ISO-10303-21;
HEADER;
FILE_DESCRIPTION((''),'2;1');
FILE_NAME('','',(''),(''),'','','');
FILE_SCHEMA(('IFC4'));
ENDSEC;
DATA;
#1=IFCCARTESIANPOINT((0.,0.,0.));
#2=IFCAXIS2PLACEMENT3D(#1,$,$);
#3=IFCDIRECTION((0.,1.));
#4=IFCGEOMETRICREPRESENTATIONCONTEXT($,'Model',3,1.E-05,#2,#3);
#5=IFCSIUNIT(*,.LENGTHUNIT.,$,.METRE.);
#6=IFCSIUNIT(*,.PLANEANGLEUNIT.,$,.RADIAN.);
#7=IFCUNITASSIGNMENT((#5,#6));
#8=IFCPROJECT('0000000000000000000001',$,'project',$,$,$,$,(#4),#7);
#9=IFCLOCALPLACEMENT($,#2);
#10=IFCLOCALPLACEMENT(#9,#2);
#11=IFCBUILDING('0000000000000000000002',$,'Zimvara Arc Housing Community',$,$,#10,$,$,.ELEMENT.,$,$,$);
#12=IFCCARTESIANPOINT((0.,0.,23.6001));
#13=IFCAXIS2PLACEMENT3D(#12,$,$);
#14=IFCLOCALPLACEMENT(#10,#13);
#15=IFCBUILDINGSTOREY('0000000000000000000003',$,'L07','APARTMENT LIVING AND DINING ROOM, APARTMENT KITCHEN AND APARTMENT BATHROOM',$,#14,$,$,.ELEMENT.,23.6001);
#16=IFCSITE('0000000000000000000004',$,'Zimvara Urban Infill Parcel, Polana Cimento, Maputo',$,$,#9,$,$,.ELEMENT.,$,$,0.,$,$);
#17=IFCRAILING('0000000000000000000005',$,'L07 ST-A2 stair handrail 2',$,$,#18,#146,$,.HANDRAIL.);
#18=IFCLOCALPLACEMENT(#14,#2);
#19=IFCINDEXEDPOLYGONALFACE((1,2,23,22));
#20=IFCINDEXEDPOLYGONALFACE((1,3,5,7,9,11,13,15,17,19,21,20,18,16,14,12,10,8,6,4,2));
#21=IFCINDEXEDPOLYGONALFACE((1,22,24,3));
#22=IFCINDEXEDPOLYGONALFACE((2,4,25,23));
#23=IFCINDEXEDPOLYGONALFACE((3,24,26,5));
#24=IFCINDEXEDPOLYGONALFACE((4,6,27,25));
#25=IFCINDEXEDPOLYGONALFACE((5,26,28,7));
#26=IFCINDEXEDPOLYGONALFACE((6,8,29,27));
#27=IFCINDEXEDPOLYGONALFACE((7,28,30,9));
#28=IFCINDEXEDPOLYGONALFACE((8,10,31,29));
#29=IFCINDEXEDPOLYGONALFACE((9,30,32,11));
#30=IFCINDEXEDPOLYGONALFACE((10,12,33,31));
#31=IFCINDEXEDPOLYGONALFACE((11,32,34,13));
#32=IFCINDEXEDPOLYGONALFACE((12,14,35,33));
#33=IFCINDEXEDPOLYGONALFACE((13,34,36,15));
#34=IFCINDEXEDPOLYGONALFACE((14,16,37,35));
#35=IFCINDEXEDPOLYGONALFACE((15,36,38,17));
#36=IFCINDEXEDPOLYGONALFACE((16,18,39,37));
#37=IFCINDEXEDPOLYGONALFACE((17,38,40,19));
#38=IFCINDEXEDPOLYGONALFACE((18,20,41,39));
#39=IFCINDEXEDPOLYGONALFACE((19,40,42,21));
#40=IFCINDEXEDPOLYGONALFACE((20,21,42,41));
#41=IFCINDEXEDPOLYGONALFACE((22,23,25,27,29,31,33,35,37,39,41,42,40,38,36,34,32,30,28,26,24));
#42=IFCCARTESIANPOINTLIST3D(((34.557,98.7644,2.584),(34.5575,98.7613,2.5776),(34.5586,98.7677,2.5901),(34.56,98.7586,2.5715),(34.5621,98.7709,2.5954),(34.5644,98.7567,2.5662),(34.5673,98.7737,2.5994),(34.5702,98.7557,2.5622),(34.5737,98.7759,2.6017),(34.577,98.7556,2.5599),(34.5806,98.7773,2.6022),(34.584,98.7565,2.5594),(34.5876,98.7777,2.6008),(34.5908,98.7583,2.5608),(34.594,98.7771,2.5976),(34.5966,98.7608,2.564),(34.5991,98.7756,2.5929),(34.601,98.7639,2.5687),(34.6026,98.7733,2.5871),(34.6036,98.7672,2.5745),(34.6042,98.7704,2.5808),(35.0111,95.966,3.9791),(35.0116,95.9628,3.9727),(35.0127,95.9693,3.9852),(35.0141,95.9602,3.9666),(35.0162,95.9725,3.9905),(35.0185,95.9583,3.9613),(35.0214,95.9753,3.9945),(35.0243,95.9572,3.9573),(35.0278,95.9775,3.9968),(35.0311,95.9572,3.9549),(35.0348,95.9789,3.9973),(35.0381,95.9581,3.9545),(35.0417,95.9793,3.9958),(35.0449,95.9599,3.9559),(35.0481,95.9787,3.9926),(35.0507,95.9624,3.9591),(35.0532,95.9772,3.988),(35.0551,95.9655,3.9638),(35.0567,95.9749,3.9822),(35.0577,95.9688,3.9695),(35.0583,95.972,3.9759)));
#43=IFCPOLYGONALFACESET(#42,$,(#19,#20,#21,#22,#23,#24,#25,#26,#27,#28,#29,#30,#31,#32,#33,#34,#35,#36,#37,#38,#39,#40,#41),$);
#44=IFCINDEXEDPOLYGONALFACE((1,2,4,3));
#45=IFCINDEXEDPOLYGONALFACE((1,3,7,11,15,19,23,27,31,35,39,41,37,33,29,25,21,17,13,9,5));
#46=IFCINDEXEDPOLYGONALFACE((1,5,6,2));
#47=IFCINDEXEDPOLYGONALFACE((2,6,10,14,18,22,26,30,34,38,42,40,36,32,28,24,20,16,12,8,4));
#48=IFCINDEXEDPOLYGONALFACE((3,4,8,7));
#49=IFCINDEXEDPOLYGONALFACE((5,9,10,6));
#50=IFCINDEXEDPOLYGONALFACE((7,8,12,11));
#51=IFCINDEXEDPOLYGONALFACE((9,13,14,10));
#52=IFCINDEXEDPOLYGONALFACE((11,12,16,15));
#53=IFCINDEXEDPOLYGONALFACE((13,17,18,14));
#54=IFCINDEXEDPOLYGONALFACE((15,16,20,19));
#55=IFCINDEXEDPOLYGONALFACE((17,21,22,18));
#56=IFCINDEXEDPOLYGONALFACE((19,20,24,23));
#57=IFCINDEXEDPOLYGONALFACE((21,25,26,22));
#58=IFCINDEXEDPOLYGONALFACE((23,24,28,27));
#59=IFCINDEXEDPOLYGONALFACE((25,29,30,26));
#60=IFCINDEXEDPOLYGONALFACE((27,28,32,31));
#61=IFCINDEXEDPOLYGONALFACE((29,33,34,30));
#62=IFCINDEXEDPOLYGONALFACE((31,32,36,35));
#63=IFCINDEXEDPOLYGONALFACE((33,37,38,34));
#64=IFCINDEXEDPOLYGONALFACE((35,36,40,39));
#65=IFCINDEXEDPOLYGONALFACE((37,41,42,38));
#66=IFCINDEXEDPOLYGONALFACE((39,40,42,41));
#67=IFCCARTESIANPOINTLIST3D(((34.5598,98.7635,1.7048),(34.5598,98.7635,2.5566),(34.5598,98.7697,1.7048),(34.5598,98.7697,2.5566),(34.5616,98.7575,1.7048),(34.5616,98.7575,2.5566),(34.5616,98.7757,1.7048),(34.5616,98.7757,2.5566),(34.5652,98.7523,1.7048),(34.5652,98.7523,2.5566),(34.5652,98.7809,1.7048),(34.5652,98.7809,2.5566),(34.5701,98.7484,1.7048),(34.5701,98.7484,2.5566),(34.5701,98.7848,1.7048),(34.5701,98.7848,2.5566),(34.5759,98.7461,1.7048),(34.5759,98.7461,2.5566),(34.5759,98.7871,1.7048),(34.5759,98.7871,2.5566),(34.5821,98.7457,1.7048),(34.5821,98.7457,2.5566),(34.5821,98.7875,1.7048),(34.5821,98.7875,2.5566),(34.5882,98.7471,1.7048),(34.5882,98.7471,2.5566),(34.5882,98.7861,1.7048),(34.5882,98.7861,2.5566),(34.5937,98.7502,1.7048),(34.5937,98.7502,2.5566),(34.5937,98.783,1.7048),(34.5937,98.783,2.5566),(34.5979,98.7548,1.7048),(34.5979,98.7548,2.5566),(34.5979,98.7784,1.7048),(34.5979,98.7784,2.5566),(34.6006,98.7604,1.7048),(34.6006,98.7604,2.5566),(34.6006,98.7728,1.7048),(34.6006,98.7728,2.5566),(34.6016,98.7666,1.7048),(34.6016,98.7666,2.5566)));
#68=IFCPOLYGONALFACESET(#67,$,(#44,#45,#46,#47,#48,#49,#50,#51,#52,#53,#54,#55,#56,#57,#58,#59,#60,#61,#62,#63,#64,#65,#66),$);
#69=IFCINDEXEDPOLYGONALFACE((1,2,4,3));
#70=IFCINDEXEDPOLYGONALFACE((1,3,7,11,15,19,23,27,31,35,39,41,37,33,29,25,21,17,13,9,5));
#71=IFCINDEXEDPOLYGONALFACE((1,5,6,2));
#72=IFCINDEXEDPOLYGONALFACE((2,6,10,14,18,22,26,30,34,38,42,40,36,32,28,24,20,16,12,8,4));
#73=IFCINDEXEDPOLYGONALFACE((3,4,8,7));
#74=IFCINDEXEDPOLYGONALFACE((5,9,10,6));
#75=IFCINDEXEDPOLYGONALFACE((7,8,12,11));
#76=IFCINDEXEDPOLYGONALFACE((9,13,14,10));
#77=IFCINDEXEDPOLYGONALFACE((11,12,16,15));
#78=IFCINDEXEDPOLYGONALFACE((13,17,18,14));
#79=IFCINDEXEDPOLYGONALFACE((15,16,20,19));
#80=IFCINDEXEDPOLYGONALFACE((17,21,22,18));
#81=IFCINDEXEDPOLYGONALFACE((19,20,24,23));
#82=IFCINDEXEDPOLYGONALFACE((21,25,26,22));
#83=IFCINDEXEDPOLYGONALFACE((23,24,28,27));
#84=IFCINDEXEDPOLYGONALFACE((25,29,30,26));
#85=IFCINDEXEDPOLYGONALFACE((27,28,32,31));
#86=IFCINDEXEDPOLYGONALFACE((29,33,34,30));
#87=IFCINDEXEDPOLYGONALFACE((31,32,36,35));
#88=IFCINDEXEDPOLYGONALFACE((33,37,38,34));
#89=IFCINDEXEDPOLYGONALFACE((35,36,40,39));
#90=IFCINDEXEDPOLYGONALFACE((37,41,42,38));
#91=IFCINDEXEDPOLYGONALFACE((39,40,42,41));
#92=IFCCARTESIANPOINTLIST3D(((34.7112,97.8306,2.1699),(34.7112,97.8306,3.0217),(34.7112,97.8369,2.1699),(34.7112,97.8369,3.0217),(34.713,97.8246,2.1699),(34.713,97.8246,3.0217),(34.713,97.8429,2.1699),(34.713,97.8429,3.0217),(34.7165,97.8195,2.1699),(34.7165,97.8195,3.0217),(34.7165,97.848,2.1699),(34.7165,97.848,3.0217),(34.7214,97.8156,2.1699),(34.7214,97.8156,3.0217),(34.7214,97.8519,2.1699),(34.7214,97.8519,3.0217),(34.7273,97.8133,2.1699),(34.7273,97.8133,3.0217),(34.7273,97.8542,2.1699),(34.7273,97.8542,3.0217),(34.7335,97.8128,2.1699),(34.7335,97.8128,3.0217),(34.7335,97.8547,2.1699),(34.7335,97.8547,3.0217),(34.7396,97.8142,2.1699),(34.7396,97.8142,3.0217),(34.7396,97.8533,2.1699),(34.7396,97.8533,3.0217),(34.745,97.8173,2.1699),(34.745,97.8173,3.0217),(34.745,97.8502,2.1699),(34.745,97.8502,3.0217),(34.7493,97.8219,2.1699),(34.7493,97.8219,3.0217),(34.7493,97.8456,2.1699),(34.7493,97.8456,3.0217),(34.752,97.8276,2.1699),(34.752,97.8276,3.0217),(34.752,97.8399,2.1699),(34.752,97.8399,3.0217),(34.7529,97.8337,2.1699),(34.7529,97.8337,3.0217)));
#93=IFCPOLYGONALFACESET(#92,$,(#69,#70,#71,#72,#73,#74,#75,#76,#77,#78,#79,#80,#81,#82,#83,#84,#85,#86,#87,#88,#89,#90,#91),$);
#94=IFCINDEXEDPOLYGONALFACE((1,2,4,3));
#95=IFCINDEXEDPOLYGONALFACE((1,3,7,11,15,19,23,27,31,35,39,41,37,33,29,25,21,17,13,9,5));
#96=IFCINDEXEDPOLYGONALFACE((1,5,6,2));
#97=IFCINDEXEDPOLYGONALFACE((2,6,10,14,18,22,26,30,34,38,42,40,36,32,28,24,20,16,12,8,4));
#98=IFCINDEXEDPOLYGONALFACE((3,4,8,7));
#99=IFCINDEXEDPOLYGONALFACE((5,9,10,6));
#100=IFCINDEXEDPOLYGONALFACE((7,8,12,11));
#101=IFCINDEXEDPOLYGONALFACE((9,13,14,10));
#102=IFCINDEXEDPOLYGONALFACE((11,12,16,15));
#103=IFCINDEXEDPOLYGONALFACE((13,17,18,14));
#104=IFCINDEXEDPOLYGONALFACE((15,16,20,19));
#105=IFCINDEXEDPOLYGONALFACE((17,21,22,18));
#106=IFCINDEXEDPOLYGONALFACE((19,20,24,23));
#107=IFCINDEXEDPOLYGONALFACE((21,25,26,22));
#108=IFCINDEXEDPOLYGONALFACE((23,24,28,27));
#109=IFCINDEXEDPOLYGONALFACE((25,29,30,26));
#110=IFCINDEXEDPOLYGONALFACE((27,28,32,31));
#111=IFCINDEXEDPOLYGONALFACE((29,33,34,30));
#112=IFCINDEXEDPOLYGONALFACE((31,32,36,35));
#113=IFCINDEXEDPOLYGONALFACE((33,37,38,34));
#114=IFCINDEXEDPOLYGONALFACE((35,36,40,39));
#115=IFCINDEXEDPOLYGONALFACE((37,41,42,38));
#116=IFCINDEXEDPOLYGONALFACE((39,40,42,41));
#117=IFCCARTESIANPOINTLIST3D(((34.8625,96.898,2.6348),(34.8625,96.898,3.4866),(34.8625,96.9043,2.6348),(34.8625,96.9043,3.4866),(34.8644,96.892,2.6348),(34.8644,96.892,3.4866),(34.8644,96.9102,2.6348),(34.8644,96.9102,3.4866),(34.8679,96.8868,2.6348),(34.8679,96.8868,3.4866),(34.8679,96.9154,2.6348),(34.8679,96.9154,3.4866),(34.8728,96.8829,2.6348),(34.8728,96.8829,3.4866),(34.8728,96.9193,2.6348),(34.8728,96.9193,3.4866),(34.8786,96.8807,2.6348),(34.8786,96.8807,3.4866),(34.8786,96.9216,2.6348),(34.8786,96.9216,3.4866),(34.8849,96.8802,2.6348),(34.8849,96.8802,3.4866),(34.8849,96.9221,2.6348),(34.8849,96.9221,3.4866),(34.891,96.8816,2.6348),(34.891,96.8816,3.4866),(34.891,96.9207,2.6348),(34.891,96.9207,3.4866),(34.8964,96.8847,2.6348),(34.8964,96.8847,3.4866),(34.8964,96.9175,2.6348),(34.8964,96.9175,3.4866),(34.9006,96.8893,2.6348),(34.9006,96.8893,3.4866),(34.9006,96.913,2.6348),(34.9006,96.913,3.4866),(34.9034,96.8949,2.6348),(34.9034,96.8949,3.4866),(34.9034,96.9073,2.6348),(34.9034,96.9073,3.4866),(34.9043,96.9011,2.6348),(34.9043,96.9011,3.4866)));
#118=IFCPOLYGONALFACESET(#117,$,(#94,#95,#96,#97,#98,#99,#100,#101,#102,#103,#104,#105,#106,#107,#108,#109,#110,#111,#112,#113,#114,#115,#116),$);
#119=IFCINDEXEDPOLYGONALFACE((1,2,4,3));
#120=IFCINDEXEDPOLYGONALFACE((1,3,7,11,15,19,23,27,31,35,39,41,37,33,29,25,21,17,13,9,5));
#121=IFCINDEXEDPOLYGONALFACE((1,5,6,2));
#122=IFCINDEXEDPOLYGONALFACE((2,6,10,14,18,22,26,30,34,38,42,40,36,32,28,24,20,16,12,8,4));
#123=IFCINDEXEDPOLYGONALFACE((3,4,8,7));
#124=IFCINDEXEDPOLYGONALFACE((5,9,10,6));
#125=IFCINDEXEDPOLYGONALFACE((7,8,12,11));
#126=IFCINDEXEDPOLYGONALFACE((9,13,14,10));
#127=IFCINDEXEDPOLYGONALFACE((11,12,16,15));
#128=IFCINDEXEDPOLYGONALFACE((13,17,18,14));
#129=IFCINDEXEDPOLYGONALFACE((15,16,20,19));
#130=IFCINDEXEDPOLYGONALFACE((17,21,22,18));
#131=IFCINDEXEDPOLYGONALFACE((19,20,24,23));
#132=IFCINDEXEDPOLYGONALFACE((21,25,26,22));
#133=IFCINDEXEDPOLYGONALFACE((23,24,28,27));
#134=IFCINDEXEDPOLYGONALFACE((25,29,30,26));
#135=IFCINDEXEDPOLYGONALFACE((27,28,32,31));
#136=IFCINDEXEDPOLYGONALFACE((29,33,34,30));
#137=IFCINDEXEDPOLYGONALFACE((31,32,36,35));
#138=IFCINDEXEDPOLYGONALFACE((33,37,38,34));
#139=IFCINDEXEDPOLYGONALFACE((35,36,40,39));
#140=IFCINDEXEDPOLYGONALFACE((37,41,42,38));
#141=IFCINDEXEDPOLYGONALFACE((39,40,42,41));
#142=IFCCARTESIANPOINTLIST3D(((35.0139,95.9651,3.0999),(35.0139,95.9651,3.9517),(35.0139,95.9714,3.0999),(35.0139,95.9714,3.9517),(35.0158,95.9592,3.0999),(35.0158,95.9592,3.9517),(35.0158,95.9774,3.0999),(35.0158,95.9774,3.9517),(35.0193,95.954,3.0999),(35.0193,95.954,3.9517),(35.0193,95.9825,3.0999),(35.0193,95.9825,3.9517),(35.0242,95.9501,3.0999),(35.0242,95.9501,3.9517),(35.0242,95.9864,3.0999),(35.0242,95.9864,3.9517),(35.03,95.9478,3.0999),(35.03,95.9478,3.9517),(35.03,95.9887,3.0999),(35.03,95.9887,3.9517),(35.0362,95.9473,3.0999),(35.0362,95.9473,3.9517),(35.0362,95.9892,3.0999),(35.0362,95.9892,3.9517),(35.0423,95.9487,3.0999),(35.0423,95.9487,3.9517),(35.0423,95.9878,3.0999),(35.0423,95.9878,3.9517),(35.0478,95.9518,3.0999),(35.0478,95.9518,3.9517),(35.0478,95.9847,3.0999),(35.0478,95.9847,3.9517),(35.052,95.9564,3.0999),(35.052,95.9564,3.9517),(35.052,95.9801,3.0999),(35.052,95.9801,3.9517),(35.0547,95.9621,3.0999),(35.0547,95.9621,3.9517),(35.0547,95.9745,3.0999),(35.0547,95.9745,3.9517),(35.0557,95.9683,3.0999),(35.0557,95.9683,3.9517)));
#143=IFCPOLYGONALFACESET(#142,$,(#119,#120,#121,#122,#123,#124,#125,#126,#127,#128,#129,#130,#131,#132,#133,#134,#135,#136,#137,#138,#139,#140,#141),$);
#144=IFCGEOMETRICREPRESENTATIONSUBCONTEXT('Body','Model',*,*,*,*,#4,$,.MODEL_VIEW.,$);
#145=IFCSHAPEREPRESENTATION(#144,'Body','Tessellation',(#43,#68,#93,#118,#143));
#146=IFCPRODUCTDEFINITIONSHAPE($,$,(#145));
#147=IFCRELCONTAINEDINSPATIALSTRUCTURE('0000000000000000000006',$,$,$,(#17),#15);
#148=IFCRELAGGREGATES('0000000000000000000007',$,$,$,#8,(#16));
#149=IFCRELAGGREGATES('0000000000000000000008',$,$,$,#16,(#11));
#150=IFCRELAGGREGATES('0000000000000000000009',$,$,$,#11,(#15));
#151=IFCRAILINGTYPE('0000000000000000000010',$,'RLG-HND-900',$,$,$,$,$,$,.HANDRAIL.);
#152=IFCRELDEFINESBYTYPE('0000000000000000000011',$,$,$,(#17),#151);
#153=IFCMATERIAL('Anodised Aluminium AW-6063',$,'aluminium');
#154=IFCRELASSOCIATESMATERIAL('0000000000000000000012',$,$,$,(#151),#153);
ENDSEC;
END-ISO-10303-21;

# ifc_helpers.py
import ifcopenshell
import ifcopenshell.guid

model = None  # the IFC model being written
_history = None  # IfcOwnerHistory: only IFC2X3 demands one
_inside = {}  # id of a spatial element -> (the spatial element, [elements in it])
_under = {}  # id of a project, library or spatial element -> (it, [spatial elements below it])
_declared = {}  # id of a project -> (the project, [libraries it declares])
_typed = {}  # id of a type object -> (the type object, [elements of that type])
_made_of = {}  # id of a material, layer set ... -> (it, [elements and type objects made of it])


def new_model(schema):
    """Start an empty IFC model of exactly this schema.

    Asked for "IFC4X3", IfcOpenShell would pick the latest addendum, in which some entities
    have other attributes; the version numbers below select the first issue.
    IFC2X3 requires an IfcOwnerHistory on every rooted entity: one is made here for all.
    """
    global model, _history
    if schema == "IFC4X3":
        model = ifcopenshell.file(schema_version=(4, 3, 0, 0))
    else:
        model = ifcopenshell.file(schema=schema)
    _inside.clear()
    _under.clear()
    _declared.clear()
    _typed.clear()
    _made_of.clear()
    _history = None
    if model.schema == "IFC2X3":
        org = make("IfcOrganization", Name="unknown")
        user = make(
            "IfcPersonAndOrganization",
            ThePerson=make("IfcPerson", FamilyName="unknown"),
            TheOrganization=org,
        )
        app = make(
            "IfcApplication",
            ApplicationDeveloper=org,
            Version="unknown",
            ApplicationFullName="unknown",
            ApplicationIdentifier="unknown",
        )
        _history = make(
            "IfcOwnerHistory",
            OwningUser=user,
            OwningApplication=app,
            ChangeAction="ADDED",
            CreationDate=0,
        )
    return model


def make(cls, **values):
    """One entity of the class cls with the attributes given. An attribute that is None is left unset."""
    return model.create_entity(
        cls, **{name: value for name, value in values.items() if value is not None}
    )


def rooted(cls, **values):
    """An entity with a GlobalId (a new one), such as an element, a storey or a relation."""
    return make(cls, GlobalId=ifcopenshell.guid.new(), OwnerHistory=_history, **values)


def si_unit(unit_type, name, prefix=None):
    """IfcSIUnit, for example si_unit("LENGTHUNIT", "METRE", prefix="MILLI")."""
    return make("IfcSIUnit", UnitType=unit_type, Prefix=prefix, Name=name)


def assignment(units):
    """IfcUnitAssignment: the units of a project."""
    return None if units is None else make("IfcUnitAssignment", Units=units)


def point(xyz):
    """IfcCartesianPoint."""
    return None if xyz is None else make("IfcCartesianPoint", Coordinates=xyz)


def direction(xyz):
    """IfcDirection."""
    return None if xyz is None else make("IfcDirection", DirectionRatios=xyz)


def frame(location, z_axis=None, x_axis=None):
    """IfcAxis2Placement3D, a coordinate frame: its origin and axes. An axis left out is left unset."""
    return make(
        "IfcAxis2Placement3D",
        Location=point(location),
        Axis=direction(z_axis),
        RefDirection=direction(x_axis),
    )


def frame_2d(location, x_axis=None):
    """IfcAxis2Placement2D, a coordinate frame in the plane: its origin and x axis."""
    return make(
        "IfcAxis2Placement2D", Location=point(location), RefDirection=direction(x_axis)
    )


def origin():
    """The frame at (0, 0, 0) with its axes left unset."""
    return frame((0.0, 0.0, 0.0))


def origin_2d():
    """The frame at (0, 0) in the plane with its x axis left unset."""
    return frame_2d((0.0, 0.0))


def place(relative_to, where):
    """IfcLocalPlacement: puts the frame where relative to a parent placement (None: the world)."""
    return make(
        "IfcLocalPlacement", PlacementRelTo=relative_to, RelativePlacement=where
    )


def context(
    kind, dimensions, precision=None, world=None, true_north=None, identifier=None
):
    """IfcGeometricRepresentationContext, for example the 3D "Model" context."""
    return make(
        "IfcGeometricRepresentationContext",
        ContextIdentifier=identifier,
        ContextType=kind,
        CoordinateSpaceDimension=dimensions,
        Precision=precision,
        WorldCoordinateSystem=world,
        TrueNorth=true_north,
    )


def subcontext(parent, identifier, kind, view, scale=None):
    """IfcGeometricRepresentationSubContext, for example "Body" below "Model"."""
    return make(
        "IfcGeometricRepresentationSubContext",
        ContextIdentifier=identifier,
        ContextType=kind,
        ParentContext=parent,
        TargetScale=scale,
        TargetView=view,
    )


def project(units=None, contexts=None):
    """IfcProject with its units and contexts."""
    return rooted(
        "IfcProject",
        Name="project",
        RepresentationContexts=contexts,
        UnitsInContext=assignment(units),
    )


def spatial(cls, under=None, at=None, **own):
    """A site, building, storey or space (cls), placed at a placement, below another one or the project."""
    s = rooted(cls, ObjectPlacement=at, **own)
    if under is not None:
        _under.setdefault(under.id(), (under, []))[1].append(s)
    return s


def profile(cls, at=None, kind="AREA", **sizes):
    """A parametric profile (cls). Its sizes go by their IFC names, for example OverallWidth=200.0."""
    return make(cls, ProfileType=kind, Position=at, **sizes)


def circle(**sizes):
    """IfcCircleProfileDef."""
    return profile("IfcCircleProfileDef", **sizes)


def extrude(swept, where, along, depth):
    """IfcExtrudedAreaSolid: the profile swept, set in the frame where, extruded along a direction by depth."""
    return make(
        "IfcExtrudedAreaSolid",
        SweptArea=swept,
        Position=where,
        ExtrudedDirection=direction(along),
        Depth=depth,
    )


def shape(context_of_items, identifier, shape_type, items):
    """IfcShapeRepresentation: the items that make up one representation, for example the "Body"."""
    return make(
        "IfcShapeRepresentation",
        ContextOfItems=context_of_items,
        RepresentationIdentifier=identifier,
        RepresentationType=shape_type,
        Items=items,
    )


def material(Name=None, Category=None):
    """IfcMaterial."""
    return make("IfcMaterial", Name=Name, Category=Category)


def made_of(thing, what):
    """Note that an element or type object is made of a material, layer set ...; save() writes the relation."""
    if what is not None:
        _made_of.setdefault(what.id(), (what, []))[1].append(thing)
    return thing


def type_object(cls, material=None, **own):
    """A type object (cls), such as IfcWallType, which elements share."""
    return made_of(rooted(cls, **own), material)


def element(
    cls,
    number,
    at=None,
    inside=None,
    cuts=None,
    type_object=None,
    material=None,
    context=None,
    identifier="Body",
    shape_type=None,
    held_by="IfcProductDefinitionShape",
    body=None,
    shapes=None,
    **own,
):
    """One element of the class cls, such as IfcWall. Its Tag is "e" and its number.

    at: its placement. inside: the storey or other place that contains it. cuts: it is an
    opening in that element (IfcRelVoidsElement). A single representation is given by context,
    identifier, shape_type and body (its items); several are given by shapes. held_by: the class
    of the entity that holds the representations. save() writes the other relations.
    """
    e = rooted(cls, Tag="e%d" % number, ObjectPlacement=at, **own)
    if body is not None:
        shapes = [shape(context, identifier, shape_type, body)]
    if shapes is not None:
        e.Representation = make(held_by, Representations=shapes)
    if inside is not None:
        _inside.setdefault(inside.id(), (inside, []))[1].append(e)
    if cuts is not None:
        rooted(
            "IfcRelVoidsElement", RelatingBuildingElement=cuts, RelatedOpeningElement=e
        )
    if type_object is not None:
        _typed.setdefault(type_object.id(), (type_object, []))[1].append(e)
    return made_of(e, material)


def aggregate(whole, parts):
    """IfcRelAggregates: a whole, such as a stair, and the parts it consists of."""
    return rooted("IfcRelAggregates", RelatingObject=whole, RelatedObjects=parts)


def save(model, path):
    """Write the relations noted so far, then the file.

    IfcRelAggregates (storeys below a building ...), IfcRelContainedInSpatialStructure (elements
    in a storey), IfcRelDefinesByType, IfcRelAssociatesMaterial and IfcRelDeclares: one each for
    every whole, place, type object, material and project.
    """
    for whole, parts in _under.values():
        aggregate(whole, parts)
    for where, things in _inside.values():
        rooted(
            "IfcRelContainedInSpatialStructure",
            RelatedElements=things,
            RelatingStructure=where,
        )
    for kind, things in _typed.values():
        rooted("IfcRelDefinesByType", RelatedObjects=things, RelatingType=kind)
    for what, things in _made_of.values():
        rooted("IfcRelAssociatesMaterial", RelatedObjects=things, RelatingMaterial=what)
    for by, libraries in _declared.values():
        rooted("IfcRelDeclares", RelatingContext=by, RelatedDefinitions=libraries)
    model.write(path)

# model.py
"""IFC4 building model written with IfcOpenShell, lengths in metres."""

from ifc_helpers import new_model, si_unit, direction, frame, origin, origin_2d, place, context, subcontext, project, spatial, circle, extrude, material, type_object, element, save


model = new_model("IFC4")

# Units and contexts
model_context = context("Model", 3, precision=1e-05, world=origin(), true_north=direction((0.0, 1.0)))
body_context = subcontext(model_context, "Body", "Model", "MODEL_VIEW")
ifc_project = project(units=[si_unit("LENGTHUNIT", "METRE"), si_unit("PLANEANGLEUNIT", "RADIAN")], contexts=[model_context])

# Site, building, storey
site_placement = place(None, origin())
site = spatial("IfcSite", under=ifc_project, at=site_placement, Name="Zimvara Urban Infill Parcel, Polana Cimento, Maputo", CompositionType="ELEMENT", RefElevation=0.0)
building_placement = place(site_placement, origin())
building = spatial("IfcBuilding", under=site, at=building_placement, Name="Zimvara Arc Housing Community", CompositionType="ELEMENT")
storey_placement = place(building_placement, frame((0.0, 0.0, 23.6001)))
storey = spatial("IfcBuildingStorey", under=building, at=storey_placement, Name="L07", Description="APARTMENT LIVING AND DINING ROOM, APARTMENT KITCHEN AND APARTMENT BATHROOM", CompositionType="ELEMENT", Elevation=23.6001)

# Railing
ifc_material_1 = material(Name="Anodised Aluminium AW-6063", Category="aluminium")
railing_type_1 = type_object("IfcRailingType", Name="RLG-HND-900", PredefinedType="HANDRAIL", material=ifc_material_1)
railing_1_placement = place(storey_placement, frame((34.5806, 98.7666, 1.7048)))
element("IfcRailing", 1, at=railing_1_placement, inside=storey, type_object=railing_type_1, Name="L07 ST-A2 stair handrail 2", PredefinedType="HANDRAIL", context=body_context, shape_type="SweptSolid", body=[
    extrude(circle(Radius=0.0239, at=origin_2d()), frame((0.0, 0.0, 0.876), z_axis=(0.143722, -0.885666, 0.44152), x_axis=(0.987088, 0.16018, 0.0)), (0.0, 0.0, 1.0), 3.1597),
    extrude(circle(Radius=0.021, at=origin_2d()), origin(), (0.0, 0.0, 1.0), 0.8518),
    extrude(circle(Radius=0.021, at=origin_2d()), frame((0.1514, -0.9329, 0.4651)), (0.0, 0.0, 1.0), 0.8518),
    extrude(circle(Radius=0.021, at=origin_2d()), frame((0.3027, -1.8655, 0.9299)), (0.0, 0.0, 1.0), 0.8518),
    extrude(circle(Radius=0.021, at=origin_2d()), frame((0.4541, -2.7983, 1.395)), (0.0, 0.0, 1.0), 0.8518),
])

save(model, "model.ifc")
